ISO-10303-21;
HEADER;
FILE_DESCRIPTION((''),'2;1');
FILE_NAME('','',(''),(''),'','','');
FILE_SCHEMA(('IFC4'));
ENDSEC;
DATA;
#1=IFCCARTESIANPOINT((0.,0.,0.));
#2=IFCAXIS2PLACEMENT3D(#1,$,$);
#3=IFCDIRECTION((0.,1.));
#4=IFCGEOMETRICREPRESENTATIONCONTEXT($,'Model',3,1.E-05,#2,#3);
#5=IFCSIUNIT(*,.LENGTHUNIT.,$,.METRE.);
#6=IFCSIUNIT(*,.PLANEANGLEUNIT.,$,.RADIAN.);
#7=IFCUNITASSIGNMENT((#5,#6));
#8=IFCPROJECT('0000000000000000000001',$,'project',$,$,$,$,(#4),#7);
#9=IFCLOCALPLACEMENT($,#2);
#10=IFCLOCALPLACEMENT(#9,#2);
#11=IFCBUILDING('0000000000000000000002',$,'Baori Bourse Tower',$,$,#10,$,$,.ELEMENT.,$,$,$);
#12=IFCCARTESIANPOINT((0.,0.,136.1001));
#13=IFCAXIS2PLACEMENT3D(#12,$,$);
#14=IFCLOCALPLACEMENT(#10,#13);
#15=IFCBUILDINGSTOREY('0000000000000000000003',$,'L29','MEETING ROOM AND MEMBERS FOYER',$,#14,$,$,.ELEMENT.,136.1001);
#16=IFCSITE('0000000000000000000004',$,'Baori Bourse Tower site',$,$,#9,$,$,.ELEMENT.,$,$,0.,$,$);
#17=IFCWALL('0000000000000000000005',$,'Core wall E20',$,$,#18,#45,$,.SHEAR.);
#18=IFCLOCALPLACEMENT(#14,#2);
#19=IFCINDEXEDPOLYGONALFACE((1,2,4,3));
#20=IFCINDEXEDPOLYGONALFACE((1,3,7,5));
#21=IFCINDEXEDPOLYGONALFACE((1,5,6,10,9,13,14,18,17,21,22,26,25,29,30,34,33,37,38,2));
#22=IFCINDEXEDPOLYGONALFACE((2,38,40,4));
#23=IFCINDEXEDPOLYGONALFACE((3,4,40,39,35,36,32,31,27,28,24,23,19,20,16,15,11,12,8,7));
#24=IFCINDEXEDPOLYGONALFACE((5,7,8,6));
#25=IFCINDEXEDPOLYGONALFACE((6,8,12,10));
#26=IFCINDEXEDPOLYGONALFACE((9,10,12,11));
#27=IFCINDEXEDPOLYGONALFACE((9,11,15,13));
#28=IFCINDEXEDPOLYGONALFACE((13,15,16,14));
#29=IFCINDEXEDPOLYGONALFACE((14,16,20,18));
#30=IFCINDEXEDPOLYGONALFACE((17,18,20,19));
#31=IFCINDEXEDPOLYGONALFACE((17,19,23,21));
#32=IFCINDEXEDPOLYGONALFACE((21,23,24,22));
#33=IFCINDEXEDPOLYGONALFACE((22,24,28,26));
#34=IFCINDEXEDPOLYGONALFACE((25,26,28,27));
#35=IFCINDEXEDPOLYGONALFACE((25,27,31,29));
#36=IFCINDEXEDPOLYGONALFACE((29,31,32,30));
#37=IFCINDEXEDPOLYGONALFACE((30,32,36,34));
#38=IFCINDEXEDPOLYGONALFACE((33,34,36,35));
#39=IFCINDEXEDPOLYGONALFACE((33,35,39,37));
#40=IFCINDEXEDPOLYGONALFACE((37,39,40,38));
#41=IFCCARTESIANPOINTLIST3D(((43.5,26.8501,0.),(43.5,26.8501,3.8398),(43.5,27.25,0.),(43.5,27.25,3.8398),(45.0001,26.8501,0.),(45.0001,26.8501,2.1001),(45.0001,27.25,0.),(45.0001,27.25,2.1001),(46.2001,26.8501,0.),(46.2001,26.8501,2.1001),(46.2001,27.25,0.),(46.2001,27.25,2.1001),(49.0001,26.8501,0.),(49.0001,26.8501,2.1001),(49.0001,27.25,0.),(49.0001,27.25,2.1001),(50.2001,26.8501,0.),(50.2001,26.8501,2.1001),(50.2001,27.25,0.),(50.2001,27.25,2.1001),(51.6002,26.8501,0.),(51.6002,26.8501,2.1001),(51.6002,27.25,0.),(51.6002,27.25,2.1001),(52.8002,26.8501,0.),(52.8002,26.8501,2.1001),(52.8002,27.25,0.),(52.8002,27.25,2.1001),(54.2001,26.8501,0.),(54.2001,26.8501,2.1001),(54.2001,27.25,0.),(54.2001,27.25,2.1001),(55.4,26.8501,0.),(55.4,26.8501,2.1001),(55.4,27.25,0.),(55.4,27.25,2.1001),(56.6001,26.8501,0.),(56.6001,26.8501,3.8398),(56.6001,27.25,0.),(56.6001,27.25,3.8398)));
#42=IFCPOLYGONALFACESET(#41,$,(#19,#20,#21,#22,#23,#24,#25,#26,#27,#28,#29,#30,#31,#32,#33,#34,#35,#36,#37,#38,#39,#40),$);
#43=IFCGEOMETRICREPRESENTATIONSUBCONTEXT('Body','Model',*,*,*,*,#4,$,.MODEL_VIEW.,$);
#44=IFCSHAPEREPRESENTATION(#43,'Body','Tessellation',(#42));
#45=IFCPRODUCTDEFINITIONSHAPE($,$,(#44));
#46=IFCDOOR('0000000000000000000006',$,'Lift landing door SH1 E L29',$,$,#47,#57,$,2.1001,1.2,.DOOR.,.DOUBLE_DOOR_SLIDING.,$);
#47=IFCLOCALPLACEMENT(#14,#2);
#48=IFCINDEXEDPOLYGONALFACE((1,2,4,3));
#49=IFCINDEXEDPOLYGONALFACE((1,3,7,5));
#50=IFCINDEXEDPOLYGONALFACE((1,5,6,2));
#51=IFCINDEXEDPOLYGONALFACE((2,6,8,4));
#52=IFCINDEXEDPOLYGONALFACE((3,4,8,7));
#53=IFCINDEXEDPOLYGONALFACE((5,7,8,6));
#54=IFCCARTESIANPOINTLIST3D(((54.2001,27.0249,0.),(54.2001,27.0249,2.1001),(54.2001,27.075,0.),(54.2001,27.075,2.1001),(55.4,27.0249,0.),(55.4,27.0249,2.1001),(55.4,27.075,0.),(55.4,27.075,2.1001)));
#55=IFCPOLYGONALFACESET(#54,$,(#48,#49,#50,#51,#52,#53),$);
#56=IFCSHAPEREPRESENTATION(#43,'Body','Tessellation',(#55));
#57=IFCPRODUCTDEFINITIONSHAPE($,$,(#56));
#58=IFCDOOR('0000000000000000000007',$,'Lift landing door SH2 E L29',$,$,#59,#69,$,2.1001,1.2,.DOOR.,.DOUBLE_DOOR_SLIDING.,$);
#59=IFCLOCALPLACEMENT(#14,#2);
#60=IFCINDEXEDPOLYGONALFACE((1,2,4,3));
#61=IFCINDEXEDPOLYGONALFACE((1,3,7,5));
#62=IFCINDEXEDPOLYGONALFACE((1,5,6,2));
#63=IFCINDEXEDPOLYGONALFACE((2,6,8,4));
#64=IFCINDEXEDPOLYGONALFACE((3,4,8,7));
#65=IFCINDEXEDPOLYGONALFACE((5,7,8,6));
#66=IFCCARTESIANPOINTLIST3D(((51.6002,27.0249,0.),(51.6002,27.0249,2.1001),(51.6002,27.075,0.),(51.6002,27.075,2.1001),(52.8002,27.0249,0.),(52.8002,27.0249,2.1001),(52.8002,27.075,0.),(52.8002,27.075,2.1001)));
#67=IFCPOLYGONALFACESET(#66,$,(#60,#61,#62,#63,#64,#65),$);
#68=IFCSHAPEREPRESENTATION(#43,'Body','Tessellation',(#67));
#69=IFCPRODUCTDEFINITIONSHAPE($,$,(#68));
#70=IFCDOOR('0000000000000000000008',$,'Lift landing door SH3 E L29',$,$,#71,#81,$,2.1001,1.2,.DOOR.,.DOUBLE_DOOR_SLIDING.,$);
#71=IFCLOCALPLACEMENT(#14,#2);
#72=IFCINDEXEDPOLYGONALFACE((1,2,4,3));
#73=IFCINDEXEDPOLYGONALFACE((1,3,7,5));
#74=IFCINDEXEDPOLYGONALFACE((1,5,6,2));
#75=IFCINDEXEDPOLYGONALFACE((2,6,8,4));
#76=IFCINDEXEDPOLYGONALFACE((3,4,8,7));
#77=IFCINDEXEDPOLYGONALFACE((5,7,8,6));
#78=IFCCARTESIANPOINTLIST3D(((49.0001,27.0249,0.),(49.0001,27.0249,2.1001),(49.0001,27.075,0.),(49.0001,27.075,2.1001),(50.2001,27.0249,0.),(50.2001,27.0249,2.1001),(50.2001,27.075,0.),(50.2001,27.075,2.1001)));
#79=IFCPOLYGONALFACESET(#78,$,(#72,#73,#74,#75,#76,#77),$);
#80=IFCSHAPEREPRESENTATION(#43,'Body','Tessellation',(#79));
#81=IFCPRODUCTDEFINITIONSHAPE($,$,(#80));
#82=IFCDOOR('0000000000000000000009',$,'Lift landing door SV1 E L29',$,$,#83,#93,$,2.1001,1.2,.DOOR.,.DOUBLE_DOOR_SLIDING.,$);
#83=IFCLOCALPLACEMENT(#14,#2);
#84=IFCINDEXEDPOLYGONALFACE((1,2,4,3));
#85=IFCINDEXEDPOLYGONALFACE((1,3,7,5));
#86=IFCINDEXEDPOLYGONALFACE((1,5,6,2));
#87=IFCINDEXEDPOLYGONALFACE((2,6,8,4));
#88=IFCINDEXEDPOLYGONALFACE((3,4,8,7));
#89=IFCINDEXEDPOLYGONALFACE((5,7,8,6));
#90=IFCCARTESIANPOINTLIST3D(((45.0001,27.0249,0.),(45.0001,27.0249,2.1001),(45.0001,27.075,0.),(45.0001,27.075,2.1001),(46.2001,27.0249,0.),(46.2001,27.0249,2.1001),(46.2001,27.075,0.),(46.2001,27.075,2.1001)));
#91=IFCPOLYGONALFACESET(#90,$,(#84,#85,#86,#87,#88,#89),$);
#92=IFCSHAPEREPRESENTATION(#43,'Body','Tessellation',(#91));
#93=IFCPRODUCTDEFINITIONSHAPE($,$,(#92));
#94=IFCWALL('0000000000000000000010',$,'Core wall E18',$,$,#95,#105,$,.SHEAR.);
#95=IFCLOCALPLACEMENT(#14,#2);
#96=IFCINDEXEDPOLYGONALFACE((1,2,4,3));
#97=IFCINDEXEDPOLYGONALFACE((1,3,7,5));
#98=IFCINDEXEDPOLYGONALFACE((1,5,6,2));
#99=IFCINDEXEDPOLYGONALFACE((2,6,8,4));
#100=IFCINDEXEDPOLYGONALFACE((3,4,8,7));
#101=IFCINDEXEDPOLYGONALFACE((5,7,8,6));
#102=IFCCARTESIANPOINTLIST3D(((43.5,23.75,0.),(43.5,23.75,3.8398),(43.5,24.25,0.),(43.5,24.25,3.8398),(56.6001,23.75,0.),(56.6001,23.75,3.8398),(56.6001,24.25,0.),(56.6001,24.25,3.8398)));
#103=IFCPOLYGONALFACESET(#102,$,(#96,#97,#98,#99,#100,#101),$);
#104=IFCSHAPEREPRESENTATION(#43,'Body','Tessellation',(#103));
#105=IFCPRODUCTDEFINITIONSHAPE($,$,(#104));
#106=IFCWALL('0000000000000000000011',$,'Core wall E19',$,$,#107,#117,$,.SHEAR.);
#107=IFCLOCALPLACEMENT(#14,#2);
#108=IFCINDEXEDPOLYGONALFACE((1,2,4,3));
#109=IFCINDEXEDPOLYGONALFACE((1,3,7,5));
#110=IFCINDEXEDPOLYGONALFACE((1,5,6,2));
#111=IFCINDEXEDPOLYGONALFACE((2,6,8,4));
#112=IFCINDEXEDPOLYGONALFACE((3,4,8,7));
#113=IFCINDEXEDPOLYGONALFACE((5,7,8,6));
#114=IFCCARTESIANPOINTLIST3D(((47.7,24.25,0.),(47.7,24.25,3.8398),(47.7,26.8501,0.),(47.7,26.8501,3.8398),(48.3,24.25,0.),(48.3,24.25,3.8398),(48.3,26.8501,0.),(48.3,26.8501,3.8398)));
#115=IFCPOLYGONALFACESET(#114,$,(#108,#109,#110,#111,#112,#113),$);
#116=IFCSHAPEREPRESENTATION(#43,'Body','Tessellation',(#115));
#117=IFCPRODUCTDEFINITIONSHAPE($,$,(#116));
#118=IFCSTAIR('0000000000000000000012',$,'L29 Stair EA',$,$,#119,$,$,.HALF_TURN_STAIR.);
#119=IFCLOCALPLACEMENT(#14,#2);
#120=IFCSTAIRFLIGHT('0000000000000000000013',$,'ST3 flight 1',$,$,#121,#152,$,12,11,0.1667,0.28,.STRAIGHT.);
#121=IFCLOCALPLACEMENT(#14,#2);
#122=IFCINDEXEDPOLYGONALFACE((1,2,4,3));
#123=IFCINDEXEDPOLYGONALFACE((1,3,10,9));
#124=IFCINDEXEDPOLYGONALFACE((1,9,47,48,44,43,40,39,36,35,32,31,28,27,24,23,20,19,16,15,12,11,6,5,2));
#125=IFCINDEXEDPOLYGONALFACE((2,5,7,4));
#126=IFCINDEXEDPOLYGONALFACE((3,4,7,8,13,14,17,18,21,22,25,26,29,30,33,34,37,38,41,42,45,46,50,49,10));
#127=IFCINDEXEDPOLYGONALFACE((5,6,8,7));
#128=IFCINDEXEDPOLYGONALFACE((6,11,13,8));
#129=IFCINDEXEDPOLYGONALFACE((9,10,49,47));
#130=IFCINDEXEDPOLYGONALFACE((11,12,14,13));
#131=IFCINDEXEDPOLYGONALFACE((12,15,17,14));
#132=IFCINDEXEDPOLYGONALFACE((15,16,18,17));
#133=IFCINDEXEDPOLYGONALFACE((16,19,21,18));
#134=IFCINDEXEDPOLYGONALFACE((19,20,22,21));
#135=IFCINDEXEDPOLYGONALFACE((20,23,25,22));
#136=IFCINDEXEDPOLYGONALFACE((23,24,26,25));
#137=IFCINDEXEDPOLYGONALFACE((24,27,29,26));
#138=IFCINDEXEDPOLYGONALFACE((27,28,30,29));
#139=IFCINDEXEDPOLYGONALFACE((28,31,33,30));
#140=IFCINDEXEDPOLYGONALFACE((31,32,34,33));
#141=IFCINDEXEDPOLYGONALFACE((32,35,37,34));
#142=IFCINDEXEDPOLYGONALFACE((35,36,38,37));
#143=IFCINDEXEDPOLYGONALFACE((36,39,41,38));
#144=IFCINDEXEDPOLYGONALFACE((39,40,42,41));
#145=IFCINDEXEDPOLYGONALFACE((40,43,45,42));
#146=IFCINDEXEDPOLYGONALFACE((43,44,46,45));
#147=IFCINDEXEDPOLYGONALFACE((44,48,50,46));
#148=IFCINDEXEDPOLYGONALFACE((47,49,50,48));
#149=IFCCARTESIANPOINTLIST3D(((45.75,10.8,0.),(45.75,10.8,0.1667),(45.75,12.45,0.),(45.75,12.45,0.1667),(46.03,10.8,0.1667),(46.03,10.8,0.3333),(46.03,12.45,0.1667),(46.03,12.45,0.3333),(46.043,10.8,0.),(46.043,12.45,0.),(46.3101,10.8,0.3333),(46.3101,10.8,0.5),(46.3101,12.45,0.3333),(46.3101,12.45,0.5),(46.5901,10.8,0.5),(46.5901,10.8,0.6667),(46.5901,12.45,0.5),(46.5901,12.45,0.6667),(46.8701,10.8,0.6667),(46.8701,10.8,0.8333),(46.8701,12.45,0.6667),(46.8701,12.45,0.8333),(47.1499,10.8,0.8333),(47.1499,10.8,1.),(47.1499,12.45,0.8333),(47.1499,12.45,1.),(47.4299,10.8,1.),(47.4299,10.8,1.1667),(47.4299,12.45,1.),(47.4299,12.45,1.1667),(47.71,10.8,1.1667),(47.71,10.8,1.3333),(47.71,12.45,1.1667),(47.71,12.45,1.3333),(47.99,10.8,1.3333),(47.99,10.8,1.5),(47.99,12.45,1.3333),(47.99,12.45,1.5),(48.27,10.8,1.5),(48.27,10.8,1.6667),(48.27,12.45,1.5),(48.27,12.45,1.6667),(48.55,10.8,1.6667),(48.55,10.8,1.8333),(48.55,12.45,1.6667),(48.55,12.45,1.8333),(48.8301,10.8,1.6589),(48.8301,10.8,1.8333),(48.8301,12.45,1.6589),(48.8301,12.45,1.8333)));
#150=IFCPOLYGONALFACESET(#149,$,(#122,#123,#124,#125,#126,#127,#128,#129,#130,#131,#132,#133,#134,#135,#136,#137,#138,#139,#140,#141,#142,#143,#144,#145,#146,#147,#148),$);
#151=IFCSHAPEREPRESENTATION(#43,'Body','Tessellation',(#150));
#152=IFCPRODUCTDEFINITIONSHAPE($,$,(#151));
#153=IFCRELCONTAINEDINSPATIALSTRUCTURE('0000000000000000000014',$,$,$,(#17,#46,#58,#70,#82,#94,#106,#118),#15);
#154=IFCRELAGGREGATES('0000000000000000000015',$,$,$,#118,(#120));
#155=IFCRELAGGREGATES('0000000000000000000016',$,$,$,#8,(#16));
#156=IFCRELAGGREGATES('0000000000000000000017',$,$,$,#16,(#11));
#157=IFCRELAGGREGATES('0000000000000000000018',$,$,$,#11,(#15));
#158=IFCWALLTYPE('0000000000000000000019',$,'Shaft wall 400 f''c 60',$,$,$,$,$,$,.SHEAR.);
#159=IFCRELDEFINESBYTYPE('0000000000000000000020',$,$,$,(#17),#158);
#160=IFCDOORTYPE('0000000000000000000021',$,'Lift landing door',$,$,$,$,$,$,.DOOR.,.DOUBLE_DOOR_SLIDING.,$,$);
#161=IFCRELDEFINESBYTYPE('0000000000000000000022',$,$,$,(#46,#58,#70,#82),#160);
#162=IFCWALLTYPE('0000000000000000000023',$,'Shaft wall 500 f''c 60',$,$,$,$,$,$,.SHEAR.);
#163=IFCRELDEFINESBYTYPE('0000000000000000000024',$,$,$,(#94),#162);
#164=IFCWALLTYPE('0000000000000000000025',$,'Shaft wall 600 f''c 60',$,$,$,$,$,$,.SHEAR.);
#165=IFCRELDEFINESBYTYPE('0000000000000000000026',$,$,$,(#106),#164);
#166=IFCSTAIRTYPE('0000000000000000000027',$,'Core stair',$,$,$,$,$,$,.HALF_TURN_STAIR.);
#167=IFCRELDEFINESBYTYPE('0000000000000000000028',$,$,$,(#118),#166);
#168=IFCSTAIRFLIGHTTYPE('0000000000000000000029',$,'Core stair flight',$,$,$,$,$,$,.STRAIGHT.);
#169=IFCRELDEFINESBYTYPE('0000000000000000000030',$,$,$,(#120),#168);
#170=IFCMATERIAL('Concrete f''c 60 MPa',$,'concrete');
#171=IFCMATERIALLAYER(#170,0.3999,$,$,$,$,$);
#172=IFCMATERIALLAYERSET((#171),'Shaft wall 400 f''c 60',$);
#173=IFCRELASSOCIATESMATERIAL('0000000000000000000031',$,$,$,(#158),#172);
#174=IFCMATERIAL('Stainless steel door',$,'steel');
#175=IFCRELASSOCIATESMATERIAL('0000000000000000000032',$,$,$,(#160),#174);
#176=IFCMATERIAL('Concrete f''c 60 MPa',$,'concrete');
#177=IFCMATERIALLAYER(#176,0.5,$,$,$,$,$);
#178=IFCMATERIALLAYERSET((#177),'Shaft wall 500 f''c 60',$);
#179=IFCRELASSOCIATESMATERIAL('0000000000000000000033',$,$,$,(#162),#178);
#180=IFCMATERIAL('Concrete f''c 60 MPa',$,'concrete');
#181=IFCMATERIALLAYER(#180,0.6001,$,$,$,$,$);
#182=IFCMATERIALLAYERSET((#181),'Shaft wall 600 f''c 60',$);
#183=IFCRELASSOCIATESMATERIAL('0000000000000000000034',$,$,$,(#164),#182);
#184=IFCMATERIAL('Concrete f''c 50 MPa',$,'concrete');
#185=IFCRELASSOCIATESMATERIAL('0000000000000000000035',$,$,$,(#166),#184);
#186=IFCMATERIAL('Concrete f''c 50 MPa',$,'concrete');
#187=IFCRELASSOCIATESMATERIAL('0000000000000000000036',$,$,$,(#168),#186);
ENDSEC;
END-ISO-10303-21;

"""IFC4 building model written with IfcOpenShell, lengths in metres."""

from ifc_helpers import new_model, si_unit, direction, frame, frame_2d, origin, place, context, subcontext, project, spatial, polyline, rectangle, outline, extrude, material, layer, layer_set, type_object, element, fill, aggregate, save


model = new_model("IFC4")

# Units and contexts
model_context = context("Model", 3, precision=1e-05, world=origin(), true_north=direction((0.0, 1.0)))
body_context = subcontext(model_context, "Body", "Model", "MODEL_VIEW")
ifc_project = project(units=[si_unit("LENGTHUNIT", "METRE"), si_unit("PLANEANGLEUNIT", "RADIAN")], contexts=[model_context])

# Site, building, storey
site_placement = place(None, origin())
site = spatial("IfcSite", under=ifc_project, at=site_placement, Name="Baori Bourse Tower site", CompositionType="ELEMENT", RefElevation=0.0)
building_placement = place(site_placement, origin())
building = spatial("IfcBuilding", under=site, at=building_placement, Name="Baori Bourse Tower", CompositionType="ELEMENT")
storey_placement = place(building_placement, frame((0.0, 0.0, 136.1001)))
storey = spatial("IfcBuildingStorey", under=building, at=storey_placement, Name="L29", Description="MEETING ROOM AND MEMBERS FOYER", CompositionType="ELEMENT", Elevation=136.1001)

# Shared definitions
ifc_material_1 = material(Name="Concrete f'c 60 MPa", Category="concrete")
ifc_layer_1 = layer(ifc_material_1, 0.3999)
ifc_layer_set_1 = layer_set([ifc_layer_1], Name="Shaft wall 400 f'c 60")
wall_type_1 = type_object("IfcWallType", Name="Shaft wall 400 f'c 60", PredefinedType="SHEAR", material=ifc_layer_set_1)

# Shared definitions
ifc_material_2 = material(Name="Stainless steel door", Category="steel")
door_type_1 = type_object("IfcDoorType", Name="Lift landing door", OperationType="DOUBLE_DOOR_SLIDING", PredefinedType="DOOR", material=ifc_material_2)

# Wall, openings, doors
wall_1_placement = place(storey_placement, frame((43.5, 27.05, 0.0), z_axis=(0.0, 0.0, 1.0), x_axis=(1.0, 0.0, 0.0)))
wall_1 = element("IfcWall", 1, at=wall_1_placement, inside=storey, type_object=wall_type_1, Name="Core wall E20", PredefinedType="SHEAR", context=body_context, shape_type="SweptSolid", body=[
    extrude(rectangle(XDim=13.1001, YDim=0.3999, at=frame_2d((6.55, 0.0))), origin(), (0.0, 0.0, 1.0), 3.8398),
])
opening_1_placement = place(wall_1_placement, frame((10.7, 0.0, 0.0)))
opening_1 = element("IfcOpeningElement", 2, at=opening_1_placement, cuts=wall_1, PredefinedType="OPENING", context=body_context, shape_type="SweptSolid", body=[
    extrude(rectangle(XDim=1.2, YDim=2.1001, at=frame_2d((0.6001, 1.05))), frame((0.0, 0.21, 0.0), z_axis=(0.0, -1.0, 0.0), x_axis=(1.0, 0.0, 0.0)), (0.0, 0.0, 1.0), 0.4199),
])
opening_2_placement = place(wall_1_placement, frame((8.1001, 0.0, 0.0)))
opening_2 = element("IfcOpeningElement", 3, at=opening_2_placement, cuts=wall_1, PredefinedType="OPENING", context=body_context, shape_type="SweptSolid", body=[
    extrude(rectangle(XDim=1.2, YDim=2.1001, at=frame_2d((0.6001, 1.05))), frame((0.0, 0.21, 0.0), z_axis=(0.0, -1.0, 0.0), x_axis=(1.0, 0.0, 0.0)), (0.0, 0.0, 1.0), 0.4199),
])
opening_3_placement = place(wall_1_placement, frame((5.5, 0.0, 0.0)))
opening_3 = element("IfcOpeningElement", 4, at=opening_3_placement, cuts=wall_1, PredefinedType="OPENING", context=body_context, shape_type="SweptSolid", body=[
    extrude(rectangle(XDim=1.2, YDim=2.1001, at=frame_2d((0.6001, 1.05))), frame((0.0, 0.21, 0.0), z_axis=(0.0, -1.0, 0.0), x_axis=(1.0, 0.0, 0.0)), (0.0, 0.0, 1.0), 0.4199),
])
opening_4_placement = place(wall_1_placement, frame((1.5, 0.0, 0.0)))
opening_4 = element("IfcOpeningElement", 5, at=opening_4_placement, cuts=wall_1, PredefinedType="OPENING", context=body_context, shape_type="SweptSolid", body=[
    extrude(rectangle(XDim=1.2, YDim=2.1001, at=frame_2d((0.6001, 1.05))), frame((0.0, 0.21, 0.0), z_axis=(0.0, -1.0, 0.0), x_axis=(1.0, 0.0, 0.0)), (0.0, 0.0, 1.0), 0.4199),
])
door_1_placement = place(opening_1_placement, origin())
door_1 = element("IfcDoor", 6, at=door_1_placement, inside=storey, type_object=door_type_1, Name="Lift landing door SH1 E L29", OperationType="DOUBLE_DOOR_SLIDING", OverallHeight=2.1001, OverallWidth=1.2, PredefinedType="DOOR", context=body_context, shape_type="SweptSolid", body=[
    extrude(rectangle(XDim=1.2, YDim=2.1001, at=frame_2d((0.6001, 1.05))), frame((0.0, 0.0249, 0.0), z_axis=(0.0, -1.0, 0.0), x_axis=(1.0, 0.0, 0.0)), (0.0, 0.0, 1.0), 0.05),
])
fill(opening_1, door_1)
door_2_placement = place(opening_2_placement, origin())
door_2 = element("IfcDoor", 7, at=door_2_placement, inside=storey, type_object=door_type_1, Name="Lift landing door SH2 E L29", OperationType="DOUBLE_DOOR_SLIDING", OverallHeight=2.1001, OverallWidth=1.2, PredefinedType="DOOR", context=body_context, shape_type="SweptSolid", body=[
    extrude(rectangle(XDim=1.2, YDim=2.1001, at=frame_2d((0.6001, 1.05))), frame((0.0, 0.0249, 0.0), z_axis=(0.0, -1.0, 0.0), x_axis=(1.0, 0.0, 0.0)), (0.0, 0.0, 1.0), 0.05),
])
fill(opening_2, door_2)
door_3_placement = place(opening_3_placement, origin())
door_3 = element("IfcDoor", 8, at=door_3_placement, inside=storey, type_object=door_type_1, Name="Lift landing door SH3 E L29", OperationType="DOUBLE_DOOR_SLIDING", OverallHeight=2.1001, OverallWidth=1.2, PredefinedType="DOOR", context=body_context, shape_type="SweptSolid", body=[
    extrude(rectangle(XDim=1.2, YDim=2.1001, at=frame_2d((0.6001, 1.05))), frame((0.0, 0.0249, 0.0), z_axis=(0.0, -1.0, 0.0), x_axis=(1.0, 0.0, 0.0)), (0.0, 0.0, 1.0), 0.05),
])
fill(opening_3, door_3)
door_4_placement = place(opening_4_placement, origin())
door_4 = element("IfcDoor", 9, at=door_4_placement, inside=storey, type_object=door_type_1, Name="Lift landing door SV1 E L29", OperationType="DOUBLE_DOOR_SLIDING", OverallHeight=2.1001, OverallWidth=1.2, PredefinedType="DOOR", context=body_context, shape_type="SweptSolid", body=[
    extrude(rectangle(XDim=1.2, YDim=2.1001, at=frame_2d((0.6001, 1.05))), frame((0.0, 0.0249, 0.0), z_axis=(0.0, -1.0, 0.0), x_axis=(1.0, 0.0, 0.0)), (0.0, 0.0, 1.0), 0.05),
])
fill(opening_4, door_4)

# Walls
ifc_material_3 = material(Name="Concrete f'c 60 MPa", Category="concrete")
ifc_layer_2 = layer(ifc_material_3, 0.5)
ifc_layer_set_2 = layer_set([ifc_layer_2], Name="Shaft wall 500 f'c 60")
wall_type_2 = type_object("IfcWallType", Name="Shaft wall 500 f'c 60", PredefinedType="SHEAR", material=ifc_layer_set_2)
wall_2_placement = place(storey_placement, frame((43.5, 24.0, 0.0), z_axis=(0.0, 0.0, 1.0), x_axis=(1.0, 0.0, 0.0)))
element("IfcWall", 10, at=wall_2_placement, inside=storey, type_object=wall_type_2, Name="Core wall E18", PredefinedType="SHEAR", context=body_context, shape_type="SweptSolid", body=[
    extrude(rectangle(XDim=13.1001, YDim=0.5, at=frame_2d((6.55, 0.0))), origin(), (0.0, 0.0, 1.0), 3.8398),
])
ifc_material_4 = material(Name="Concrete f'c 60 MPa", Category="concrete")
ifc_layer_3 = layer(ifc_material_4, 0.6001)
ifc_layer_set_3 = layer_set([ifc_layer_3], Name="Shaft wall 600 f'c 60")
wall_type_3 = type_object("IfcWallType", Name="Shaft wall 600 f'c 60", PredefinedType="SHEAR", material=ifc_layer_set_3)
wall_3_placement = place(storey_placement, frame((48.0, 24.25, 0.0), z_axis=(0.0, 0.0, 1.0), x_axis=(0.0, 1.0, 0.0)))
element("IfcWall", 11, at=wall_3_placement, inside=storey, type_object=wall_type_3, Name="Core wall E19", PredefinedType="SHEAR", context=body_context, shape_type="SweptSolid", body=[
    extrude(rectangle(XDim=2.6001, YDim=0.6001, at=frame_2d((1.3, 0.0))), origin(), (0.0, 0.0, 1.0), 3.8398),
])

# Stair, stair flight
ifc_material_5 = material(Name="Concrete f'c 50 MPa", Category="concrete")
stair_type = type_object("IfcStairType", Name="Core stair", PredefinedType="HALF_TURN_STAIR", material=ifc_material_5)
stair_placement = place(storey_placement, origin())
stair = element("IfcStair", 12, at=stair_placement, inside=storey, type_object=stair_type, Name="L29 Stair EA", PredefinedType="HALF_TURN_STAIR")
ifc_material_6 = material(Name="Concrete f'c 50 MPa", Category="concrete")
stair_flight_type = type_object("IfcStairFlightType", Name="Core stair flight", PredefinedType="STRAIGHT", material=ifc_material_6)
stair_flight_1_placement = place(storey_placement, frame((45.75, 11.625, 0.0), z_axis=(0.0, 0.0, 1.0), x_axis=(1.0, 0.0, 0.0)))
stair_flight_1 = element("IfcStairFlight", 13, at=stair_flight_1_placement, type_object=stair_flight_type, Name="ST3 flight 1", NumberOfRisers=12, NumberOfTreads=11, PredefinedType="STRAIGHT", RiserHeight=0.1667, TreadLength=0.28, context=body_context, shape_type="SweptSolid", body=[
    extrude(outline(polyline([(0.0, 0.0), (0.0, 0.1667), (0.28, 0.1667), (0.28, 0.3333), (0.5601, 0.3333), (0.5601, 0.5), (0.8401, 0.5), (0.8401, 0.6667), (1.1201, 0.6667), (1.1201, 0.8333), (1.3999, 0.8333), (1.3999, 1.0), (1.6799, 1.0), (1.6799, 1.1667), (1.96, 1.1667), (1.96, 1.3333), (2.24, 1.3333), (2.24, 1.5), (2.52, 1.5), (2.52, 1.6667), (2.8, 1.6667), (2.8, 1.8333), (3.0801, 1.8333), (3.0801, 2.0), (3.0801, 1.6589), (0.293, 0.0), (0.0, 0.0)])), frame((0.0, 0.825, 0.0), z_axis=(0.0, -1.0, 0.0), x_axis=(1.0, 0.0, 0.0)), (0.0, 0.0, 1.0), 1.6499),
])
aggregate(stair, [stair_flight_1])

save(model, "model.ifc")
